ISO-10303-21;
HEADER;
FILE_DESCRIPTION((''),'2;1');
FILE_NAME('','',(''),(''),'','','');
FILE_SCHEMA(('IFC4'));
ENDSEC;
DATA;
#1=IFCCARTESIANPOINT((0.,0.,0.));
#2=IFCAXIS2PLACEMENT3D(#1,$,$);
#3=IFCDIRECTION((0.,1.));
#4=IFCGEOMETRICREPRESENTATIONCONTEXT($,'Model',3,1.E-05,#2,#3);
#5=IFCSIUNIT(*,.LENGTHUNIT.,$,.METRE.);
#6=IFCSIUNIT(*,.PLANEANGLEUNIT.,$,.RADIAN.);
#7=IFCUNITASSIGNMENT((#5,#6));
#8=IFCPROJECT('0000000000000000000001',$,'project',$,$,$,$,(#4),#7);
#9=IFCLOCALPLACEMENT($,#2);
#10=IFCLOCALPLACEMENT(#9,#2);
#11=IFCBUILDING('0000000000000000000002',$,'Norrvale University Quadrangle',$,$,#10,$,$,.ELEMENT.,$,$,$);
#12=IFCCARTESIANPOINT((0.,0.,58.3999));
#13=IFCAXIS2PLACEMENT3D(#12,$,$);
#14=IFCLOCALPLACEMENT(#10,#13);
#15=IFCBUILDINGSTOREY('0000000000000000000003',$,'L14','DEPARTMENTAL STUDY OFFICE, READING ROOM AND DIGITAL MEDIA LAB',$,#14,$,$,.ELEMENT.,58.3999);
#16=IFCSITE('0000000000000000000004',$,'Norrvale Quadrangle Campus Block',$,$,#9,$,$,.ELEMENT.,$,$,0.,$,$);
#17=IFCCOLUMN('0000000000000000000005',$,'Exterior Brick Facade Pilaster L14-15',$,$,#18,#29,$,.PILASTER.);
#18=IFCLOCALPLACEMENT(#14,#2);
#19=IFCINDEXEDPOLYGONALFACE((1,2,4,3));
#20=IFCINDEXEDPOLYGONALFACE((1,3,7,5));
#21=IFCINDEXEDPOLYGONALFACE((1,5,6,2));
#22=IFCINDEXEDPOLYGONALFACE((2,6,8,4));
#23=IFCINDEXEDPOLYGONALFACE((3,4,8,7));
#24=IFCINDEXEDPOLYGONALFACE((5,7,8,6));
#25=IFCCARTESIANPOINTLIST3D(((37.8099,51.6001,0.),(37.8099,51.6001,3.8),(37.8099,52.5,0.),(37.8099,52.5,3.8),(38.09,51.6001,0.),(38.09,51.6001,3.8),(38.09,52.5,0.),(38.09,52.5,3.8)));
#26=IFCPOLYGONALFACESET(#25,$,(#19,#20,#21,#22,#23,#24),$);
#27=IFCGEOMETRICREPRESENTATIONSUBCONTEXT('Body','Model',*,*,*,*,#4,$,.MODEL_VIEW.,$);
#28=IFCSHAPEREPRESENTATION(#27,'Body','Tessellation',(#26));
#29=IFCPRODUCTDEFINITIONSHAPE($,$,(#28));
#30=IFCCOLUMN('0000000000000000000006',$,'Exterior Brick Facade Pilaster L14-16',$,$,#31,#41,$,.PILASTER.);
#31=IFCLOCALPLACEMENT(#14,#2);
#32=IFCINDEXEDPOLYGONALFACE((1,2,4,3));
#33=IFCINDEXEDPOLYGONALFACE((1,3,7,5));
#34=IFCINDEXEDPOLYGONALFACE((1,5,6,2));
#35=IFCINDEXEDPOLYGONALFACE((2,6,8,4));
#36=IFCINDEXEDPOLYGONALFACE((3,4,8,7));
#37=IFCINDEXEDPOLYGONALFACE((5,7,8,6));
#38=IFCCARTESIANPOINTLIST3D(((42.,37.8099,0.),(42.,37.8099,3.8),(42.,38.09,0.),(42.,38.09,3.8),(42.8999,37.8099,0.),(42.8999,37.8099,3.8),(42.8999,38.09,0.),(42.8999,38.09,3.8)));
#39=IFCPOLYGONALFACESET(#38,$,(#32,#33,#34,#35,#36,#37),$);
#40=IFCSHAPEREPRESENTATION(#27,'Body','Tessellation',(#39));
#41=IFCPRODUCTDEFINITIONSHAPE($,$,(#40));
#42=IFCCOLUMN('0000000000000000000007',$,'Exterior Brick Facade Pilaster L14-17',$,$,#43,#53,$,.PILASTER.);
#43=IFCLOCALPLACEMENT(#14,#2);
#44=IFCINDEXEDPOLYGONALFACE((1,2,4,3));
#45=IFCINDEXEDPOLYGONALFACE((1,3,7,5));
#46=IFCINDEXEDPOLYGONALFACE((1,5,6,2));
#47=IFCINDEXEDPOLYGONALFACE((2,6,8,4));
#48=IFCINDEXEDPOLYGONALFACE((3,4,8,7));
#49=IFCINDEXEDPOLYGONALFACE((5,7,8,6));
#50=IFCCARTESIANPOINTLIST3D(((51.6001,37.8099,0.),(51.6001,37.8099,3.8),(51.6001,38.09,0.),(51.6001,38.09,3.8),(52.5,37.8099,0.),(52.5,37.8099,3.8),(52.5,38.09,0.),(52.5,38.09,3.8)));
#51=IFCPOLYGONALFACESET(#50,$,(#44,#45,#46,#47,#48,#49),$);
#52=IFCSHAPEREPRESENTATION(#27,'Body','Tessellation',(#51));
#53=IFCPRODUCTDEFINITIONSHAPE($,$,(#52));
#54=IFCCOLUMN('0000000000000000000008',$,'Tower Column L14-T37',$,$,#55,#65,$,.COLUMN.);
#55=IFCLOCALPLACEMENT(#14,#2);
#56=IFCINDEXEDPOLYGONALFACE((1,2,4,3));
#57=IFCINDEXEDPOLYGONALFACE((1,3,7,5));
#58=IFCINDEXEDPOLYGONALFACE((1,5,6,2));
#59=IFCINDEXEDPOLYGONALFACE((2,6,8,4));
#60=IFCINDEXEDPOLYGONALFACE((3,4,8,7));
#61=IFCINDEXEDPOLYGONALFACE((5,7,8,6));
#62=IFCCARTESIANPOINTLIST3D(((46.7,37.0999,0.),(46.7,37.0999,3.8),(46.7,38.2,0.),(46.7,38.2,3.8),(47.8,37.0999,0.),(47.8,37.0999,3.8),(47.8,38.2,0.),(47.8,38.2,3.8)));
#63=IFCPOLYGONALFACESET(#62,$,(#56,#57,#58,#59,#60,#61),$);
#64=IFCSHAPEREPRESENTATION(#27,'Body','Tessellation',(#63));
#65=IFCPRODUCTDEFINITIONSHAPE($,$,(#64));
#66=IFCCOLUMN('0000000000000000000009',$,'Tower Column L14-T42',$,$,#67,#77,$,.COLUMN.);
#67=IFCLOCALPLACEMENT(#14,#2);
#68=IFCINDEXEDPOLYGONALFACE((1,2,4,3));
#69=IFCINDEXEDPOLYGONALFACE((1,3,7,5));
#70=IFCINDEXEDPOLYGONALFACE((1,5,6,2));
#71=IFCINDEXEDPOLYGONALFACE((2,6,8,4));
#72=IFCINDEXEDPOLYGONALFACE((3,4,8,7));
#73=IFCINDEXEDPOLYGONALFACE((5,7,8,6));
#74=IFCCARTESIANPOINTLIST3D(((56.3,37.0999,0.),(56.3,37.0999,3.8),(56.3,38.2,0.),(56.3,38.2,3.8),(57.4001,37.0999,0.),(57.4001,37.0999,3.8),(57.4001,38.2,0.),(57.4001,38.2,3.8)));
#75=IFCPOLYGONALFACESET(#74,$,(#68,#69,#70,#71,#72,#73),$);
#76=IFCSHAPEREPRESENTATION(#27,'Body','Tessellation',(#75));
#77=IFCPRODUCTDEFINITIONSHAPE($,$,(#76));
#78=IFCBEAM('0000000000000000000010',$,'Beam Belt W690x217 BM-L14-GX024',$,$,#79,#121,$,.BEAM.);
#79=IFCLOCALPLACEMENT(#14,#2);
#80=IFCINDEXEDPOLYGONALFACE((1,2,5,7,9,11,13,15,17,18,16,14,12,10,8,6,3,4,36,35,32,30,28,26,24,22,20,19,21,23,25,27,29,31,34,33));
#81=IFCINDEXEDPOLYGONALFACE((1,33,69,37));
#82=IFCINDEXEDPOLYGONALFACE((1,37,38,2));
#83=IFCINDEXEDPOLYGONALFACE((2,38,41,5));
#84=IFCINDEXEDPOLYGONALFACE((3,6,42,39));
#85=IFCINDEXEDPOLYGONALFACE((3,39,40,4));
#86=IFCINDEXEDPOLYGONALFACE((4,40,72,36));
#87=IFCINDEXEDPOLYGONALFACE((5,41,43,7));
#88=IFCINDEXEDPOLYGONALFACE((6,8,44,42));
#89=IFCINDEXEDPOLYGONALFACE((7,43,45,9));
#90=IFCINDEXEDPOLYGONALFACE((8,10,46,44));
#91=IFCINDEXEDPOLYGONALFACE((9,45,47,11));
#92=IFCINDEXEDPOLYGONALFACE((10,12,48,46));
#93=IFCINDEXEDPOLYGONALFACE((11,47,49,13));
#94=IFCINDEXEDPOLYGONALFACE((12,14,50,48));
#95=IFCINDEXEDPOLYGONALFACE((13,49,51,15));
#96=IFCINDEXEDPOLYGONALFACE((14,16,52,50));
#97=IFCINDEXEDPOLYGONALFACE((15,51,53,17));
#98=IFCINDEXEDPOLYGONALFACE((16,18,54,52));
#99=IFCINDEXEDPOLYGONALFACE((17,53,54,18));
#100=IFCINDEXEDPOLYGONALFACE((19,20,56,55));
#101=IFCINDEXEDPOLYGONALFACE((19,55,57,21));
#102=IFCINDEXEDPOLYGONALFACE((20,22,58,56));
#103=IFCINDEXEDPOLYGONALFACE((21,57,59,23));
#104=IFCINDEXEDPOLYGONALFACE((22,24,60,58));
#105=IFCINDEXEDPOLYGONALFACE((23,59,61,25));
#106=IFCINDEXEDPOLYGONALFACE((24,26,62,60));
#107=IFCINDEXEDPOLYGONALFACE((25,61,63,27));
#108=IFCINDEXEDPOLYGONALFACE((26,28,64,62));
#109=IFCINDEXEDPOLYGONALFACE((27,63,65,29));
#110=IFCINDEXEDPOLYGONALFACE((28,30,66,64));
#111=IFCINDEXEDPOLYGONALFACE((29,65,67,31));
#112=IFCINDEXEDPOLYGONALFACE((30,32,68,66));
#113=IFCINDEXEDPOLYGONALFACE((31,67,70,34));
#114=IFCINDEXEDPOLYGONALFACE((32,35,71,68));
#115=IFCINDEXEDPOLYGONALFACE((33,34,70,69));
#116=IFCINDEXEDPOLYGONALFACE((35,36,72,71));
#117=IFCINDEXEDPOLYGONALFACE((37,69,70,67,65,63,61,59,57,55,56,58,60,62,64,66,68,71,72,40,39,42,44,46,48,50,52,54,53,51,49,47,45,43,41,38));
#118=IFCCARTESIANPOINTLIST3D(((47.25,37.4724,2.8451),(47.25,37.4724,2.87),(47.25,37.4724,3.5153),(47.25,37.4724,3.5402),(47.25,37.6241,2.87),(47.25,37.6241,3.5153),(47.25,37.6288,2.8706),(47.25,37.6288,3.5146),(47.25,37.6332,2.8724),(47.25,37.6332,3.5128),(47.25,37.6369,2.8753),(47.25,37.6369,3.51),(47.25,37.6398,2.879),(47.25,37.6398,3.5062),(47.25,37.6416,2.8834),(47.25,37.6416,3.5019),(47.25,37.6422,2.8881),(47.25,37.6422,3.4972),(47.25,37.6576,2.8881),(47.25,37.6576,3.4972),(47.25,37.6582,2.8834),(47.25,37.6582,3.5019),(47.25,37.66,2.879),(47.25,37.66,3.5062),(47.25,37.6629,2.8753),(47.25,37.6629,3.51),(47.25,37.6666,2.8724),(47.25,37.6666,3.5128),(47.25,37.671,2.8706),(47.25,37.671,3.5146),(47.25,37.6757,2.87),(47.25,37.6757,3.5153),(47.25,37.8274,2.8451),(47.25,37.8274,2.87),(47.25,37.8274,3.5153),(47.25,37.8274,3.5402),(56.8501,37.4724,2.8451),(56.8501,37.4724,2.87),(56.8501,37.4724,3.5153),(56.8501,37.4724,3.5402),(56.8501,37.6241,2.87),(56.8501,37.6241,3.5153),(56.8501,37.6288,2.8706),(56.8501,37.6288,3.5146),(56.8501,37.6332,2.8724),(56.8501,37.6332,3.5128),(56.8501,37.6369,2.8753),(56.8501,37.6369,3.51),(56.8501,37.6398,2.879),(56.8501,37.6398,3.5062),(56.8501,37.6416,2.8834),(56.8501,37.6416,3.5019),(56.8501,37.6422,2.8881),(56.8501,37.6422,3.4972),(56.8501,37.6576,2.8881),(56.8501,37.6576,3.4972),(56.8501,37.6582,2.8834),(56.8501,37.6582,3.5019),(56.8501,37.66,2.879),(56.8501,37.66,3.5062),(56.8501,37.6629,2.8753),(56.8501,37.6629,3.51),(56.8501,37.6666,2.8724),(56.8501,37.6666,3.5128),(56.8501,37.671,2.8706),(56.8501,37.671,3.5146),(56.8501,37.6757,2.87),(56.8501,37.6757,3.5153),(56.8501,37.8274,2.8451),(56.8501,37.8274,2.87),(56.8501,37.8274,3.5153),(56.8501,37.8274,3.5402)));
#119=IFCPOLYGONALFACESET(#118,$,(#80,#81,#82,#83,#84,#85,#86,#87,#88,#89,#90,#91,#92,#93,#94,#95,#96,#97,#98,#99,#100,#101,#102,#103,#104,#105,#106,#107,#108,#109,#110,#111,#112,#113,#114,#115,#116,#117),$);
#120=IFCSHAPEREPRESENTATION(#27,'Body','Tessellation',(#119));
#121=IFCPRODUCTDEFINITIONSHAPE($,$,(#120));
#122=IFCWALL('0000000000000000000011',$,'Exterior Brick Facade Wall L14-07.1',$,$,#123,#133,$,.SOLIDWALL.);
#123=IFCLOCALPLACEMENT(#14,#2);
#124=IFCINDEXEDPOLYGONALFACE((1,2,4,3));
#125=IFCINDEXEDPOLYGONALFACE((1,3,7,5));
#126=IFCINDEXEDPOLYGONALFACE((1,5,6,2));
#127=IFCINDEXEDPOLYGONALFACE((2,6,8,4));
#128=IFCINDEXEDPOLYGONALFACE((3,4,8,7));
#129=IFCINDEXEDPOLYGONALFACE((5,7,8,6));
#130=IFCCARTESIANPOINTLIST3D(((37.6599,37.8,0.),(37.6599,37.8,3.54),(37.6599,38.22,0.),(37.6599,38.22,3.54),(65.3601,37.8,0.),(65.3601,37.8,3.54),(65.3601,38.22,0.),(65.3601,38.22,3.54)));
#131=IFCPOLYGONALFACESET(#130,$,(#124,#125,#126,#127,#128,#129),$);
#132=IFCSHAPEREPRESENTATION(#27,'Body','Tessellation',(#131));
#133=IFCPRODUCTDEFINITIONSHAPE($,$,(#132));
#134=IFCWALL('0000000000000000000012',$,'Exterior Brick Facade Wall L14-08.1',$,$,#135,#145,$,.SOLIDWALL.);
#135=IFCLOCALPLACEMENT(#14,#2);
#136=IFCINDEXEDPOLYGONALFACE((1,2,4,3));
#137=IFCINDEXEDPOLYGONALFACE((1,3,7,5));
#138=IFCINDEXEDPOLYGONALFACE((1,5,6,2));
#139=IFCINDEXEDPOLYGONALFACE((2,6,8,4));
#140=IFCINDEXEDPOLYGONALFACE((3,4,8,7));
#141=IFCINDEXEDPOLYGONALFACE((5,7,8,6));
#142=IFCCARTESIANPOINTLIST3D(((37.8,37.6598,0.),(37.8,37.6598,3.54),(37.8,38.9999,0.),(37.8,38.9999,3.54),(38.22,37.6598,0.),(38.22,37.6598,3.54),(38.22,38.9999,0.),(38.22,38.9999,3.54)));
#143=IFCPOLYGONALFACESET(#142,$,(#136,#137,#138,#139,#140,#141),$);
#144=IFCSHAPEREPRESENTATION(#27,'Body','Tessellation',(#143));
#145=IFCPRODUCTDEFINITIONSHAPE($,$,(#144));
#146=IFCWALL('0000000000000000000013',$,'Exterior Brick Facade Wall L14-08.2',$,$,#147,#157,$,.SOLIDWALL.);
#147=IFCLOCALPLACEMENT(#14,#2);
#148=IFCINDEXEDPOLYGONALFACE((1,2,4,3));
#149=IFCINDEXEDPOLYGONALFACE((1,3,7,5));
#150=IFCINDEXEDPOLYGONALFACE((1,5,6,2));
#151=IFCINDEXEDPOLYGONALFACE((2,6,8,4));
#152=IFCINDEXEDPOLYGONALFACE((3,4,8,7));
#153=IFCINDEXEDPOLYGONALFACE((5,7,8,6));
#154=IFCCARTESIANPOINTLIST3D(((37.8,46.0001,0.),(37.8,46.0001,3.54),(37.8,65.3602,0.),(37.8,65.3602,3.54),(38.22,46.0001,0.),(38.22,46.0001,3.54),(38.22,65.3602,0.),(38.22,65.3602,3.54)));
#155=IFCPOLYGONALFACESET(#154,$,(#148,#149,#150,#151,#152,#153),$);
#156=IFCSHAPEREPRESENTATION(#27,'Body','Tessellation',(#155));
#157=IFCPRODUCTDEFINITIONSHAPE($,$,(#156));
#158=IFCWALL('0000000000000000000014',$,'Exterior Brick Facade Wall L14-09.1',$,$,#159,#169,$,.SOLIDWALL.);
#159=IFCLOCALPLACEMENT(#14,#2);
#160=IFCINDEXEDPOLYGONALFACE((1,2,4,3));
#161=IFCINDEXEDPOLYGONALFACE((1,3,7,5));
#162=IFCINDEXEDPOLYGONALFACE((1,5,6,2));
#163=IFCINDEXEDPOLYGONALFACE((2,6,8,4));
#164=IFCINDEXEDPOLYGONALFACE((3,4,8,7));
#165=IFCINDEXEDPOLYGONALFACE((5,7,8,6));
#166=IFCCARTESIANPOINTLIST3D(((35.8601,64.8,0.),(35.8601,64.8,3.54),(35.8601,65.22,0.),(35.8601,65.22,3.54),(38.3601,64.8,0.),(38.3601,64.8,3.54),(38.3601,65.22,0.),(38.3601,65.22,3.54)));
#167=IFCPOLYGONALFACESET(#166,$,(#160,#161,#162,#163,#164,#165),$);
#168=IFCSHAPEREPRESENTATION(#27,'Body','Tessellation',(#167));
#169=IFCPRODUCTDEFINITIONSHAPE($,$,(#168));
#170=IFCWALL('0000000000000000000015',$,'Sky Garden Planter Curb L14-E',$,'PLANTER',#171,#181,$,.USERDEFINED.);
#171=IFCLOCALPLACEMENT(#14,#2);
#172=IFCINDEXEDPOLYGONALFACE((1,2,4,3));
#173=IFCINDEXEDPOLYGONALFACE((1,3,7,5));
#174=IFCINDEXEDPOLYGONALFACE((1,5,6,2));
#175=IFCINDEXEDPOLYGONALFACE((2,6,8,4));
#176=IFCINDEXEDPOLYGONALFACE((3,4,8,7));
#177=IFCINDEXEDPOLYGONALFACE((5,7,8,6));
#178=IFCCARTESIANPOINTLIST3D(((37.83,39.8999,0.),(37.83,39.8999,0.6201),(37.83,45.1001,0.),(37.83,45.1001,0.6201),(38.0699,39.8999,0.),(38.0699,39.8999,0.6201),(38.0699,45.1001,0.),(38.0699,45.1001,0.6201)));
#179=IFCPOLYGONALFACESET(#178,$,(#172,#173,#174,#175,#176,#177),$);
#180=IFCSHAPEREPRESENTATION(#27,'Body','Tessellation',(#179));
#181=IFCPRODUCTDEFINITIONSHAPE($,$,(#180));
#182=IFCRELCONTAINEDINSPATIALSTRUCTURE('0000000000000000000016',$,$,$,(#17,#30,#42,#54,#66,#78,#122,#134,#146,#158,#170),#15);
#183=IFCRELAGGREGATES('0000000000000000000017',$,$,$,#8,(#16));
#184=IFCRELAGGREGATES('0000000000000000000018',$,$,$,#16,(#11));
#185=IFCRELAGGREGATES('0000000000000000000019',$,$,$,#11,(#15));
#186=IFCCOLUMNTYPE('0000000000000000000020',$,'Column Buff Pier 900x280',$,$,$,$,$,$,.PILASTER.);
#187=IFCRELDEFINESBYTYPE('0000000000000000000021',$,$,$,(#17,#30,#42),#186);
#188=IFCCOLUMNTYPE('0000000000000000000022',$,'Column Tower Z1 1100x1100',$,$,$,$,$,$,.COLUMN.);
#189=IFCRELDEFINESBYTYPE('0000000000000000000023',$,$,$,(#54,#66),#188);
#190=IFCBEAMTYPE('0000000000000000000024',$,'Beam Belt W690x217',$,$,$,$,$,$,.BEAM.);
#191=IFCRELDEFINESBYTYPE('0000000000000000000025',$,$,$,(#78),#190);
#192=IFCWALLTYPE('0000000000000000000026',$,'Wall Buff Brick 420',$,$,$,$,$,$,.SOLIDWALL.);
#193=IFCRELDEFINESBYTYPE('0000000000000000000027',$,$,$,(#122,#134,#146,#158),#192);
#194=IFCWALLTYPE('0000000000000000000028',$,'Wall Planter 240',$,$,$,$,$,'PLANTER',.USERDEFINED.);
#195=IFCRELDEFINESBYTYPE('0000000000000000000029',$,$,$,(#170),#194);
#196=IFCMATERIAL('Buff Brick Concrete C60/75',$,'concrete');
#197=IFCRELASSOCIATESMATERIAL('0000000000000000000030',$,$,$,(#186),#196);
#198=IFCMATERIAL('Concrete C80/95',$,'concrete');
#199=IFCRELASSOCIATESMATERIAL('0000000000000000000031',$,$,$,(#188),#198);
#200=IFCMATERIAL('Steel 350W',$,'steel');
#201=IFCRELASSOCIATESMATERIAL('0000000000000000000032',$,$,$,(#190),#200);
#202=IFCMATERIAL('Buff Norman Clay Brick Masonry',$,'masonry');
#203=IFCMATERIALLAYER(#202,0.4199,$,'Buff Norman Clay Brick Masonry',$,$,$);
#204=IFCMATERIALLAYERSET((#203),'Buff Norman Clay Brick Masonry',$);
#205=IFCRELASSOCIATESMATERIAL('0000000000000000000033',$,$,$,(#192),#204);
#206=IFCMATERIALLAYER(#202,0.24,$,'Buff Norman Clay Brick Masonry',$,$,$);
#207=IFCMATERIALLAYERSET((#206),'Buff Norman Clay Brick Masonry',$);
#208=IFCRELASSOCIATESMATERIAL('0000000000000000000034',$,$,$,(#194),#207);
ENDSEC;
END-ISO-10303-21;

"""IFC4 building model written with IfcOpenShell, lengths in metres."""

from ifc_helpers import new_model, si_unit, direction, frame, frame_2d, origin, origin_2d, place, context, subcontext, project, spatial, rectangle, i_section, extrude, material, layer, layer_set, material_profile, profile_set, type_object, element, save


model = new_model("IFC4")

# Units and contexts
model_context = context("Model", 3, precision=1e-05, world=origin(), true_north=direction((0.0, 1.0)))
body_context = subcontext(model_context, "Body", "Model", "MODEL_VIEW")
ifc_project = project(units=[si_unit("LENGTHUNIT", "METRE"), si_unit("PLANEANGLEUNIT", "RADIAN")], contexts=[model_context])

# Site, building, storey
site_placement = place(None, origin())
site = spatial("IfcSite", under=ifc_project, at=site_placement, Name="Norrvale Quadrangle Campus Block", CompositionType="ELEMENT", RefElevation=0.0)
building_placement = place(site_placement, origin())
building = spatial("IfcBuilding", under=site, at=building_placement, Name="Norrvale University Quadrangle", CompositionType="ELEMENT")
storey_placement = place(building_placement, frame((0.0, 0.0, 58.3999)))
storey = spatial("IfcBuildingStorey", under=building, at=storey_placement, Name="L14", Description="DEPARTMENTAL STUDY OFFICE, READING ROOM AND DIGITAL MEDIA LAB", CompositionType="ELEMENT", Elevation=58.3999)

# Columns
ifc_material_1 = material(Name="Buff Brick Concrete C60/75", Category="concrete")
ifc_material_profile_1 = material_profile(ifc_material_1, rectangle(XDim=0.8999, YDim=0.28, at=origin_2d()), Name="Buff Brick Concrete C60/75")
ifc_profile_set_1 = profile_set([ifc_material_profile_1], Name="Buff Brick Concrete C60/75")
column_type_1 = type_object("IfcColumnType", Name="Column Buff Pier 900x280", PredefinedType="PILASTER", material=ifc_profile_set_1)
for number, where, z_axis, x_axis, name in (
    (1, (37.95, 52.05, 0.0), (0.0, 0.0, 1.0), (0.0, 1.0, 0.0), "Exterior Brick Facade Pilaster L14-15"),
    (2, (42.45, 37.95, 0.0), (0.0, 0.0, 1.0), (1.0, 0.0, 0.0), "Exterior Brick Facade Pilaster L14-16"),
    (3, (52.05, 37.95, 0.0), (0.0, 0.0, 1.0), (1.0, 0.0, 0.0), "Exterior Brick Facade Pilaster L14-17"),
):
    element("IfcColumn", number, at=place(storey_placement, frame(where, z_axis=z_axis, x_axis=x_axis)), inside=storey, type_object=column_type_1, Name=name, PredefinedType="PILASTER", context=body_context, shape_type="SweptSolid", body=[
        extrude(rectangle(XDim=0.8999, YDim=0.28, at=origin_2d()), origin(), (0.0, 0.0, 1.0), 3.8),
    ])
ifc_material_2 = material(Name="Concrete C80/95", Category="concrete")
ifc_material_profile_2 = material_profile(ifc_material_2, rectangle(XDim=1.1001, YDim=1.1001, at=origin_2d()), Name="Concrete C80/95")
ifc_profile_set_2 = profile_set([ifc_material_profile_2], Name="Concrete C80/95")
column_type_2 = type_object("IfcColumnType", Name="Column Tower Z1 1100x1100", PredefinedType="COLUMN", material=ifc_profile_set_2)
for number, where, z_axis, x_axis, name in (
    (4, (47.25, 37.6499, 0.0), (0.0, 0.0, 1.0), (1.0, 0.0, 0.0), "Tower Column L14-T37"),
    (5, (56.8501, 37.6499, 0.0), (0.0, 0.0, 1.0), (1.0, 0.0, 0.0), "Tower Column L14-T42"),
):
    element("IfcColumn", number, at=place(storey_placement, frame(where, z_axis=z_axis, x_axis=x_axis)), inside=storey, type_object=column_type_2, Name=name, PredefinedType="COLUMN", context=body_context, shape_type="SweptSolid", body=[
        extrude(rectangle(XDim=1.1001, YDim=1.1001, at=origin_2d()), origin(), (0.0, 0.0, 1.0), 3.8),
    ])

# Beam
ifc_material_3 = material(Name="Steel 350W", Category="steel")
ifc_material_profile_3 = material_profile(ifc_material_3, i_section(OverallWidth=0.355, OverallDepth=0.6951, WebThickness=0.0154, FlangeThickness=0.0249, FilletRadius=0.0181, at=origin_2d()), Name="Steel 350W")
ifc_profile_set_3 = profile_set([ifc_material_profile_3], Name="Steel 350W")
beam_type = type_object("IfcBeamType", Name="Beam Belt W690x217", PredefinedType="BEAM", material=ifc_profile_set_3)
beam_placement = place(storey_placement, frame((47.25, 37.6499, 3.1926), z_axis=(1.0, 0.0, 0.0), x_axis=(0.0, 1.0, 0.0)))
element("IfcBeam", 6, at=beam_placement, inside=storey, type_object=beam_type, Name="Beam Belt W690x217 BM-L14-GX024", PredefinedType="BEAM", context=body_context, shape_type="SweptSolid", body=[
    extrude(i_section(OverallWidth=0.355, OverallDepth=0.6951, WebThickness=0.0154, FlangeThickness=0.0249, FilletRadius=0.0181, at=origin_2d()), origin(), (0.0, 0.0, 1.0), 9.6001),
])

# Walls
ifc_material_4 = material(Name="Buff Norman Clay Brick Masonry", Category="masonry")
ifc_layer_1 = layer(ifc_material_4, 0.4199, Name="Buff Norman Clay Brick Masonry")
ifc_layer_set_1 = layer_set([ifc_layer_1], Name="Buff Norman Clay Brick Masonry")
wall_type_1 = type_object("IfcWallType", Name="Wall Buff Brick 420", PredefinedType="SOLIDWALL", material=ifc_layer_set_1)
wall_1_placement = place(storey_placement, frame((65.3601, 38.01, 0.0), z_axis=(0.0, 0.0, 1.0), x_axis=(-1.0, 0.0, 0.0)))
element("IfcWall", 7, at=wall_1_placement, inside=storey, type_object=wall_type_1, Name="Exterior Brick Facade Wall L14-07.1", PredefinedType="SOLIDWALL", context=body_context, shape_type="SweptSolid", body=[
    extrude(rectangle(XDim=27.7002, YDim=0.4199, at=frame_2d((13.8501, 0.0))), origin(), (0.0, 0.0, 1.0), 3.54),
])
wall_2_placement = place(storey_placement, frame((38.01, 37.6599, 0.0), z_axis=(0.0, 0.0, 1.0), x_axis=(0.0, 1.0, 0.0)))
element("IfcWall", 8, at=wall_2_placement, inside=storey, type_object=wall_type_1, Name="Exterior Brick Facade Wall L14-08.1", PredefinedType="SOLIDWALL", context=body_context, shape_type="SweptSolid", body=[
    extrude(rectangle(XDim=1.3401, YDim=0.4199, at=frame_2d((0.6699, 0.0))), origin(), (0.0, 0.0, 1.0), 3.54),
])
wall_3_placement = place(storey_placement, frame((38.01, 46.0, 0.0), z_axis=(0.0, 0.0, 1.0), x_axis=(0.0, 1.0, 0.0)))
element("IfcWall", 9, at=wall_3_placement, inside=storey, type_object=wall_type_1, Name="Exterior Brick Facade Wall L14-08.2", PredefinedType="SOLIDWALL", context=body_context, shape_type="SweptSolid", body=[
    extrude(rectangle(XDim=19.3601, YDim=0.4199, at=frame_2d((9.6802, 0.0))), origin(), (0.0, 0.0, 1.0), 3.54),
])
wall_4_placement = place(storey_placement, frame((38.3601, 65.01, 0.0), z_axis=(0.0, 0.0, 1.0), x_axis=(-1.0, 0.0, 0.0)))
element("IfcWall", 10, at=wall_4_placement, inside=storey, type_object=wall_type_1, Name="Exterior Brick Facade Wall L14-09.1", PredefinedType="SOLIDWALL", context=body_context, shape_type="SweptSolid", body=[
    extrude(rectangle(XDim=2.5, YDim=0.4199, at=frame_2d((1.25, 0.0))), origin(), (0.0, 0.0, 1.0), 3.54),
])
ifc_layer_2 = layer(ifc_material_4, 0.24, Name="Buff Norman Clay Brick Masonry")
ifc_layer_set_2 = layer_set([ifc_layer_2], Name="Buff Norman Clay Brick Masonry")
wall_type_2 = type_object("IfcWallType", Name="Wall Planter 240", ElementType="PLANTER", PredefinedType="USERDEFINED", material=ifc_layer_set_2)
wall_5_placement = place(storey_placement, frame((37.95, 39.8999, 0.0), z_axis=(0.0, 0.0, 1.0), x_axis=(0.0, 1.0, 0.0)))
element("IfcWall", 11, at=wall_5_placement, inside=storey, type_object=wall_type_2, Name="Sky Garden Planter Curb L14-E", ObjectType="PLANTER", PredefinedType="USERDEFINED", context=body_context, shape_type="SweptSolid", body=[
    extrude(rectangle(XDim=5.2002, YDim=0.24, at=frame_2d((2.6001, 0.0))), origin(), (0.0, 0.0, 1.0), 0.6201),
])

save(model, "model.ifc")
